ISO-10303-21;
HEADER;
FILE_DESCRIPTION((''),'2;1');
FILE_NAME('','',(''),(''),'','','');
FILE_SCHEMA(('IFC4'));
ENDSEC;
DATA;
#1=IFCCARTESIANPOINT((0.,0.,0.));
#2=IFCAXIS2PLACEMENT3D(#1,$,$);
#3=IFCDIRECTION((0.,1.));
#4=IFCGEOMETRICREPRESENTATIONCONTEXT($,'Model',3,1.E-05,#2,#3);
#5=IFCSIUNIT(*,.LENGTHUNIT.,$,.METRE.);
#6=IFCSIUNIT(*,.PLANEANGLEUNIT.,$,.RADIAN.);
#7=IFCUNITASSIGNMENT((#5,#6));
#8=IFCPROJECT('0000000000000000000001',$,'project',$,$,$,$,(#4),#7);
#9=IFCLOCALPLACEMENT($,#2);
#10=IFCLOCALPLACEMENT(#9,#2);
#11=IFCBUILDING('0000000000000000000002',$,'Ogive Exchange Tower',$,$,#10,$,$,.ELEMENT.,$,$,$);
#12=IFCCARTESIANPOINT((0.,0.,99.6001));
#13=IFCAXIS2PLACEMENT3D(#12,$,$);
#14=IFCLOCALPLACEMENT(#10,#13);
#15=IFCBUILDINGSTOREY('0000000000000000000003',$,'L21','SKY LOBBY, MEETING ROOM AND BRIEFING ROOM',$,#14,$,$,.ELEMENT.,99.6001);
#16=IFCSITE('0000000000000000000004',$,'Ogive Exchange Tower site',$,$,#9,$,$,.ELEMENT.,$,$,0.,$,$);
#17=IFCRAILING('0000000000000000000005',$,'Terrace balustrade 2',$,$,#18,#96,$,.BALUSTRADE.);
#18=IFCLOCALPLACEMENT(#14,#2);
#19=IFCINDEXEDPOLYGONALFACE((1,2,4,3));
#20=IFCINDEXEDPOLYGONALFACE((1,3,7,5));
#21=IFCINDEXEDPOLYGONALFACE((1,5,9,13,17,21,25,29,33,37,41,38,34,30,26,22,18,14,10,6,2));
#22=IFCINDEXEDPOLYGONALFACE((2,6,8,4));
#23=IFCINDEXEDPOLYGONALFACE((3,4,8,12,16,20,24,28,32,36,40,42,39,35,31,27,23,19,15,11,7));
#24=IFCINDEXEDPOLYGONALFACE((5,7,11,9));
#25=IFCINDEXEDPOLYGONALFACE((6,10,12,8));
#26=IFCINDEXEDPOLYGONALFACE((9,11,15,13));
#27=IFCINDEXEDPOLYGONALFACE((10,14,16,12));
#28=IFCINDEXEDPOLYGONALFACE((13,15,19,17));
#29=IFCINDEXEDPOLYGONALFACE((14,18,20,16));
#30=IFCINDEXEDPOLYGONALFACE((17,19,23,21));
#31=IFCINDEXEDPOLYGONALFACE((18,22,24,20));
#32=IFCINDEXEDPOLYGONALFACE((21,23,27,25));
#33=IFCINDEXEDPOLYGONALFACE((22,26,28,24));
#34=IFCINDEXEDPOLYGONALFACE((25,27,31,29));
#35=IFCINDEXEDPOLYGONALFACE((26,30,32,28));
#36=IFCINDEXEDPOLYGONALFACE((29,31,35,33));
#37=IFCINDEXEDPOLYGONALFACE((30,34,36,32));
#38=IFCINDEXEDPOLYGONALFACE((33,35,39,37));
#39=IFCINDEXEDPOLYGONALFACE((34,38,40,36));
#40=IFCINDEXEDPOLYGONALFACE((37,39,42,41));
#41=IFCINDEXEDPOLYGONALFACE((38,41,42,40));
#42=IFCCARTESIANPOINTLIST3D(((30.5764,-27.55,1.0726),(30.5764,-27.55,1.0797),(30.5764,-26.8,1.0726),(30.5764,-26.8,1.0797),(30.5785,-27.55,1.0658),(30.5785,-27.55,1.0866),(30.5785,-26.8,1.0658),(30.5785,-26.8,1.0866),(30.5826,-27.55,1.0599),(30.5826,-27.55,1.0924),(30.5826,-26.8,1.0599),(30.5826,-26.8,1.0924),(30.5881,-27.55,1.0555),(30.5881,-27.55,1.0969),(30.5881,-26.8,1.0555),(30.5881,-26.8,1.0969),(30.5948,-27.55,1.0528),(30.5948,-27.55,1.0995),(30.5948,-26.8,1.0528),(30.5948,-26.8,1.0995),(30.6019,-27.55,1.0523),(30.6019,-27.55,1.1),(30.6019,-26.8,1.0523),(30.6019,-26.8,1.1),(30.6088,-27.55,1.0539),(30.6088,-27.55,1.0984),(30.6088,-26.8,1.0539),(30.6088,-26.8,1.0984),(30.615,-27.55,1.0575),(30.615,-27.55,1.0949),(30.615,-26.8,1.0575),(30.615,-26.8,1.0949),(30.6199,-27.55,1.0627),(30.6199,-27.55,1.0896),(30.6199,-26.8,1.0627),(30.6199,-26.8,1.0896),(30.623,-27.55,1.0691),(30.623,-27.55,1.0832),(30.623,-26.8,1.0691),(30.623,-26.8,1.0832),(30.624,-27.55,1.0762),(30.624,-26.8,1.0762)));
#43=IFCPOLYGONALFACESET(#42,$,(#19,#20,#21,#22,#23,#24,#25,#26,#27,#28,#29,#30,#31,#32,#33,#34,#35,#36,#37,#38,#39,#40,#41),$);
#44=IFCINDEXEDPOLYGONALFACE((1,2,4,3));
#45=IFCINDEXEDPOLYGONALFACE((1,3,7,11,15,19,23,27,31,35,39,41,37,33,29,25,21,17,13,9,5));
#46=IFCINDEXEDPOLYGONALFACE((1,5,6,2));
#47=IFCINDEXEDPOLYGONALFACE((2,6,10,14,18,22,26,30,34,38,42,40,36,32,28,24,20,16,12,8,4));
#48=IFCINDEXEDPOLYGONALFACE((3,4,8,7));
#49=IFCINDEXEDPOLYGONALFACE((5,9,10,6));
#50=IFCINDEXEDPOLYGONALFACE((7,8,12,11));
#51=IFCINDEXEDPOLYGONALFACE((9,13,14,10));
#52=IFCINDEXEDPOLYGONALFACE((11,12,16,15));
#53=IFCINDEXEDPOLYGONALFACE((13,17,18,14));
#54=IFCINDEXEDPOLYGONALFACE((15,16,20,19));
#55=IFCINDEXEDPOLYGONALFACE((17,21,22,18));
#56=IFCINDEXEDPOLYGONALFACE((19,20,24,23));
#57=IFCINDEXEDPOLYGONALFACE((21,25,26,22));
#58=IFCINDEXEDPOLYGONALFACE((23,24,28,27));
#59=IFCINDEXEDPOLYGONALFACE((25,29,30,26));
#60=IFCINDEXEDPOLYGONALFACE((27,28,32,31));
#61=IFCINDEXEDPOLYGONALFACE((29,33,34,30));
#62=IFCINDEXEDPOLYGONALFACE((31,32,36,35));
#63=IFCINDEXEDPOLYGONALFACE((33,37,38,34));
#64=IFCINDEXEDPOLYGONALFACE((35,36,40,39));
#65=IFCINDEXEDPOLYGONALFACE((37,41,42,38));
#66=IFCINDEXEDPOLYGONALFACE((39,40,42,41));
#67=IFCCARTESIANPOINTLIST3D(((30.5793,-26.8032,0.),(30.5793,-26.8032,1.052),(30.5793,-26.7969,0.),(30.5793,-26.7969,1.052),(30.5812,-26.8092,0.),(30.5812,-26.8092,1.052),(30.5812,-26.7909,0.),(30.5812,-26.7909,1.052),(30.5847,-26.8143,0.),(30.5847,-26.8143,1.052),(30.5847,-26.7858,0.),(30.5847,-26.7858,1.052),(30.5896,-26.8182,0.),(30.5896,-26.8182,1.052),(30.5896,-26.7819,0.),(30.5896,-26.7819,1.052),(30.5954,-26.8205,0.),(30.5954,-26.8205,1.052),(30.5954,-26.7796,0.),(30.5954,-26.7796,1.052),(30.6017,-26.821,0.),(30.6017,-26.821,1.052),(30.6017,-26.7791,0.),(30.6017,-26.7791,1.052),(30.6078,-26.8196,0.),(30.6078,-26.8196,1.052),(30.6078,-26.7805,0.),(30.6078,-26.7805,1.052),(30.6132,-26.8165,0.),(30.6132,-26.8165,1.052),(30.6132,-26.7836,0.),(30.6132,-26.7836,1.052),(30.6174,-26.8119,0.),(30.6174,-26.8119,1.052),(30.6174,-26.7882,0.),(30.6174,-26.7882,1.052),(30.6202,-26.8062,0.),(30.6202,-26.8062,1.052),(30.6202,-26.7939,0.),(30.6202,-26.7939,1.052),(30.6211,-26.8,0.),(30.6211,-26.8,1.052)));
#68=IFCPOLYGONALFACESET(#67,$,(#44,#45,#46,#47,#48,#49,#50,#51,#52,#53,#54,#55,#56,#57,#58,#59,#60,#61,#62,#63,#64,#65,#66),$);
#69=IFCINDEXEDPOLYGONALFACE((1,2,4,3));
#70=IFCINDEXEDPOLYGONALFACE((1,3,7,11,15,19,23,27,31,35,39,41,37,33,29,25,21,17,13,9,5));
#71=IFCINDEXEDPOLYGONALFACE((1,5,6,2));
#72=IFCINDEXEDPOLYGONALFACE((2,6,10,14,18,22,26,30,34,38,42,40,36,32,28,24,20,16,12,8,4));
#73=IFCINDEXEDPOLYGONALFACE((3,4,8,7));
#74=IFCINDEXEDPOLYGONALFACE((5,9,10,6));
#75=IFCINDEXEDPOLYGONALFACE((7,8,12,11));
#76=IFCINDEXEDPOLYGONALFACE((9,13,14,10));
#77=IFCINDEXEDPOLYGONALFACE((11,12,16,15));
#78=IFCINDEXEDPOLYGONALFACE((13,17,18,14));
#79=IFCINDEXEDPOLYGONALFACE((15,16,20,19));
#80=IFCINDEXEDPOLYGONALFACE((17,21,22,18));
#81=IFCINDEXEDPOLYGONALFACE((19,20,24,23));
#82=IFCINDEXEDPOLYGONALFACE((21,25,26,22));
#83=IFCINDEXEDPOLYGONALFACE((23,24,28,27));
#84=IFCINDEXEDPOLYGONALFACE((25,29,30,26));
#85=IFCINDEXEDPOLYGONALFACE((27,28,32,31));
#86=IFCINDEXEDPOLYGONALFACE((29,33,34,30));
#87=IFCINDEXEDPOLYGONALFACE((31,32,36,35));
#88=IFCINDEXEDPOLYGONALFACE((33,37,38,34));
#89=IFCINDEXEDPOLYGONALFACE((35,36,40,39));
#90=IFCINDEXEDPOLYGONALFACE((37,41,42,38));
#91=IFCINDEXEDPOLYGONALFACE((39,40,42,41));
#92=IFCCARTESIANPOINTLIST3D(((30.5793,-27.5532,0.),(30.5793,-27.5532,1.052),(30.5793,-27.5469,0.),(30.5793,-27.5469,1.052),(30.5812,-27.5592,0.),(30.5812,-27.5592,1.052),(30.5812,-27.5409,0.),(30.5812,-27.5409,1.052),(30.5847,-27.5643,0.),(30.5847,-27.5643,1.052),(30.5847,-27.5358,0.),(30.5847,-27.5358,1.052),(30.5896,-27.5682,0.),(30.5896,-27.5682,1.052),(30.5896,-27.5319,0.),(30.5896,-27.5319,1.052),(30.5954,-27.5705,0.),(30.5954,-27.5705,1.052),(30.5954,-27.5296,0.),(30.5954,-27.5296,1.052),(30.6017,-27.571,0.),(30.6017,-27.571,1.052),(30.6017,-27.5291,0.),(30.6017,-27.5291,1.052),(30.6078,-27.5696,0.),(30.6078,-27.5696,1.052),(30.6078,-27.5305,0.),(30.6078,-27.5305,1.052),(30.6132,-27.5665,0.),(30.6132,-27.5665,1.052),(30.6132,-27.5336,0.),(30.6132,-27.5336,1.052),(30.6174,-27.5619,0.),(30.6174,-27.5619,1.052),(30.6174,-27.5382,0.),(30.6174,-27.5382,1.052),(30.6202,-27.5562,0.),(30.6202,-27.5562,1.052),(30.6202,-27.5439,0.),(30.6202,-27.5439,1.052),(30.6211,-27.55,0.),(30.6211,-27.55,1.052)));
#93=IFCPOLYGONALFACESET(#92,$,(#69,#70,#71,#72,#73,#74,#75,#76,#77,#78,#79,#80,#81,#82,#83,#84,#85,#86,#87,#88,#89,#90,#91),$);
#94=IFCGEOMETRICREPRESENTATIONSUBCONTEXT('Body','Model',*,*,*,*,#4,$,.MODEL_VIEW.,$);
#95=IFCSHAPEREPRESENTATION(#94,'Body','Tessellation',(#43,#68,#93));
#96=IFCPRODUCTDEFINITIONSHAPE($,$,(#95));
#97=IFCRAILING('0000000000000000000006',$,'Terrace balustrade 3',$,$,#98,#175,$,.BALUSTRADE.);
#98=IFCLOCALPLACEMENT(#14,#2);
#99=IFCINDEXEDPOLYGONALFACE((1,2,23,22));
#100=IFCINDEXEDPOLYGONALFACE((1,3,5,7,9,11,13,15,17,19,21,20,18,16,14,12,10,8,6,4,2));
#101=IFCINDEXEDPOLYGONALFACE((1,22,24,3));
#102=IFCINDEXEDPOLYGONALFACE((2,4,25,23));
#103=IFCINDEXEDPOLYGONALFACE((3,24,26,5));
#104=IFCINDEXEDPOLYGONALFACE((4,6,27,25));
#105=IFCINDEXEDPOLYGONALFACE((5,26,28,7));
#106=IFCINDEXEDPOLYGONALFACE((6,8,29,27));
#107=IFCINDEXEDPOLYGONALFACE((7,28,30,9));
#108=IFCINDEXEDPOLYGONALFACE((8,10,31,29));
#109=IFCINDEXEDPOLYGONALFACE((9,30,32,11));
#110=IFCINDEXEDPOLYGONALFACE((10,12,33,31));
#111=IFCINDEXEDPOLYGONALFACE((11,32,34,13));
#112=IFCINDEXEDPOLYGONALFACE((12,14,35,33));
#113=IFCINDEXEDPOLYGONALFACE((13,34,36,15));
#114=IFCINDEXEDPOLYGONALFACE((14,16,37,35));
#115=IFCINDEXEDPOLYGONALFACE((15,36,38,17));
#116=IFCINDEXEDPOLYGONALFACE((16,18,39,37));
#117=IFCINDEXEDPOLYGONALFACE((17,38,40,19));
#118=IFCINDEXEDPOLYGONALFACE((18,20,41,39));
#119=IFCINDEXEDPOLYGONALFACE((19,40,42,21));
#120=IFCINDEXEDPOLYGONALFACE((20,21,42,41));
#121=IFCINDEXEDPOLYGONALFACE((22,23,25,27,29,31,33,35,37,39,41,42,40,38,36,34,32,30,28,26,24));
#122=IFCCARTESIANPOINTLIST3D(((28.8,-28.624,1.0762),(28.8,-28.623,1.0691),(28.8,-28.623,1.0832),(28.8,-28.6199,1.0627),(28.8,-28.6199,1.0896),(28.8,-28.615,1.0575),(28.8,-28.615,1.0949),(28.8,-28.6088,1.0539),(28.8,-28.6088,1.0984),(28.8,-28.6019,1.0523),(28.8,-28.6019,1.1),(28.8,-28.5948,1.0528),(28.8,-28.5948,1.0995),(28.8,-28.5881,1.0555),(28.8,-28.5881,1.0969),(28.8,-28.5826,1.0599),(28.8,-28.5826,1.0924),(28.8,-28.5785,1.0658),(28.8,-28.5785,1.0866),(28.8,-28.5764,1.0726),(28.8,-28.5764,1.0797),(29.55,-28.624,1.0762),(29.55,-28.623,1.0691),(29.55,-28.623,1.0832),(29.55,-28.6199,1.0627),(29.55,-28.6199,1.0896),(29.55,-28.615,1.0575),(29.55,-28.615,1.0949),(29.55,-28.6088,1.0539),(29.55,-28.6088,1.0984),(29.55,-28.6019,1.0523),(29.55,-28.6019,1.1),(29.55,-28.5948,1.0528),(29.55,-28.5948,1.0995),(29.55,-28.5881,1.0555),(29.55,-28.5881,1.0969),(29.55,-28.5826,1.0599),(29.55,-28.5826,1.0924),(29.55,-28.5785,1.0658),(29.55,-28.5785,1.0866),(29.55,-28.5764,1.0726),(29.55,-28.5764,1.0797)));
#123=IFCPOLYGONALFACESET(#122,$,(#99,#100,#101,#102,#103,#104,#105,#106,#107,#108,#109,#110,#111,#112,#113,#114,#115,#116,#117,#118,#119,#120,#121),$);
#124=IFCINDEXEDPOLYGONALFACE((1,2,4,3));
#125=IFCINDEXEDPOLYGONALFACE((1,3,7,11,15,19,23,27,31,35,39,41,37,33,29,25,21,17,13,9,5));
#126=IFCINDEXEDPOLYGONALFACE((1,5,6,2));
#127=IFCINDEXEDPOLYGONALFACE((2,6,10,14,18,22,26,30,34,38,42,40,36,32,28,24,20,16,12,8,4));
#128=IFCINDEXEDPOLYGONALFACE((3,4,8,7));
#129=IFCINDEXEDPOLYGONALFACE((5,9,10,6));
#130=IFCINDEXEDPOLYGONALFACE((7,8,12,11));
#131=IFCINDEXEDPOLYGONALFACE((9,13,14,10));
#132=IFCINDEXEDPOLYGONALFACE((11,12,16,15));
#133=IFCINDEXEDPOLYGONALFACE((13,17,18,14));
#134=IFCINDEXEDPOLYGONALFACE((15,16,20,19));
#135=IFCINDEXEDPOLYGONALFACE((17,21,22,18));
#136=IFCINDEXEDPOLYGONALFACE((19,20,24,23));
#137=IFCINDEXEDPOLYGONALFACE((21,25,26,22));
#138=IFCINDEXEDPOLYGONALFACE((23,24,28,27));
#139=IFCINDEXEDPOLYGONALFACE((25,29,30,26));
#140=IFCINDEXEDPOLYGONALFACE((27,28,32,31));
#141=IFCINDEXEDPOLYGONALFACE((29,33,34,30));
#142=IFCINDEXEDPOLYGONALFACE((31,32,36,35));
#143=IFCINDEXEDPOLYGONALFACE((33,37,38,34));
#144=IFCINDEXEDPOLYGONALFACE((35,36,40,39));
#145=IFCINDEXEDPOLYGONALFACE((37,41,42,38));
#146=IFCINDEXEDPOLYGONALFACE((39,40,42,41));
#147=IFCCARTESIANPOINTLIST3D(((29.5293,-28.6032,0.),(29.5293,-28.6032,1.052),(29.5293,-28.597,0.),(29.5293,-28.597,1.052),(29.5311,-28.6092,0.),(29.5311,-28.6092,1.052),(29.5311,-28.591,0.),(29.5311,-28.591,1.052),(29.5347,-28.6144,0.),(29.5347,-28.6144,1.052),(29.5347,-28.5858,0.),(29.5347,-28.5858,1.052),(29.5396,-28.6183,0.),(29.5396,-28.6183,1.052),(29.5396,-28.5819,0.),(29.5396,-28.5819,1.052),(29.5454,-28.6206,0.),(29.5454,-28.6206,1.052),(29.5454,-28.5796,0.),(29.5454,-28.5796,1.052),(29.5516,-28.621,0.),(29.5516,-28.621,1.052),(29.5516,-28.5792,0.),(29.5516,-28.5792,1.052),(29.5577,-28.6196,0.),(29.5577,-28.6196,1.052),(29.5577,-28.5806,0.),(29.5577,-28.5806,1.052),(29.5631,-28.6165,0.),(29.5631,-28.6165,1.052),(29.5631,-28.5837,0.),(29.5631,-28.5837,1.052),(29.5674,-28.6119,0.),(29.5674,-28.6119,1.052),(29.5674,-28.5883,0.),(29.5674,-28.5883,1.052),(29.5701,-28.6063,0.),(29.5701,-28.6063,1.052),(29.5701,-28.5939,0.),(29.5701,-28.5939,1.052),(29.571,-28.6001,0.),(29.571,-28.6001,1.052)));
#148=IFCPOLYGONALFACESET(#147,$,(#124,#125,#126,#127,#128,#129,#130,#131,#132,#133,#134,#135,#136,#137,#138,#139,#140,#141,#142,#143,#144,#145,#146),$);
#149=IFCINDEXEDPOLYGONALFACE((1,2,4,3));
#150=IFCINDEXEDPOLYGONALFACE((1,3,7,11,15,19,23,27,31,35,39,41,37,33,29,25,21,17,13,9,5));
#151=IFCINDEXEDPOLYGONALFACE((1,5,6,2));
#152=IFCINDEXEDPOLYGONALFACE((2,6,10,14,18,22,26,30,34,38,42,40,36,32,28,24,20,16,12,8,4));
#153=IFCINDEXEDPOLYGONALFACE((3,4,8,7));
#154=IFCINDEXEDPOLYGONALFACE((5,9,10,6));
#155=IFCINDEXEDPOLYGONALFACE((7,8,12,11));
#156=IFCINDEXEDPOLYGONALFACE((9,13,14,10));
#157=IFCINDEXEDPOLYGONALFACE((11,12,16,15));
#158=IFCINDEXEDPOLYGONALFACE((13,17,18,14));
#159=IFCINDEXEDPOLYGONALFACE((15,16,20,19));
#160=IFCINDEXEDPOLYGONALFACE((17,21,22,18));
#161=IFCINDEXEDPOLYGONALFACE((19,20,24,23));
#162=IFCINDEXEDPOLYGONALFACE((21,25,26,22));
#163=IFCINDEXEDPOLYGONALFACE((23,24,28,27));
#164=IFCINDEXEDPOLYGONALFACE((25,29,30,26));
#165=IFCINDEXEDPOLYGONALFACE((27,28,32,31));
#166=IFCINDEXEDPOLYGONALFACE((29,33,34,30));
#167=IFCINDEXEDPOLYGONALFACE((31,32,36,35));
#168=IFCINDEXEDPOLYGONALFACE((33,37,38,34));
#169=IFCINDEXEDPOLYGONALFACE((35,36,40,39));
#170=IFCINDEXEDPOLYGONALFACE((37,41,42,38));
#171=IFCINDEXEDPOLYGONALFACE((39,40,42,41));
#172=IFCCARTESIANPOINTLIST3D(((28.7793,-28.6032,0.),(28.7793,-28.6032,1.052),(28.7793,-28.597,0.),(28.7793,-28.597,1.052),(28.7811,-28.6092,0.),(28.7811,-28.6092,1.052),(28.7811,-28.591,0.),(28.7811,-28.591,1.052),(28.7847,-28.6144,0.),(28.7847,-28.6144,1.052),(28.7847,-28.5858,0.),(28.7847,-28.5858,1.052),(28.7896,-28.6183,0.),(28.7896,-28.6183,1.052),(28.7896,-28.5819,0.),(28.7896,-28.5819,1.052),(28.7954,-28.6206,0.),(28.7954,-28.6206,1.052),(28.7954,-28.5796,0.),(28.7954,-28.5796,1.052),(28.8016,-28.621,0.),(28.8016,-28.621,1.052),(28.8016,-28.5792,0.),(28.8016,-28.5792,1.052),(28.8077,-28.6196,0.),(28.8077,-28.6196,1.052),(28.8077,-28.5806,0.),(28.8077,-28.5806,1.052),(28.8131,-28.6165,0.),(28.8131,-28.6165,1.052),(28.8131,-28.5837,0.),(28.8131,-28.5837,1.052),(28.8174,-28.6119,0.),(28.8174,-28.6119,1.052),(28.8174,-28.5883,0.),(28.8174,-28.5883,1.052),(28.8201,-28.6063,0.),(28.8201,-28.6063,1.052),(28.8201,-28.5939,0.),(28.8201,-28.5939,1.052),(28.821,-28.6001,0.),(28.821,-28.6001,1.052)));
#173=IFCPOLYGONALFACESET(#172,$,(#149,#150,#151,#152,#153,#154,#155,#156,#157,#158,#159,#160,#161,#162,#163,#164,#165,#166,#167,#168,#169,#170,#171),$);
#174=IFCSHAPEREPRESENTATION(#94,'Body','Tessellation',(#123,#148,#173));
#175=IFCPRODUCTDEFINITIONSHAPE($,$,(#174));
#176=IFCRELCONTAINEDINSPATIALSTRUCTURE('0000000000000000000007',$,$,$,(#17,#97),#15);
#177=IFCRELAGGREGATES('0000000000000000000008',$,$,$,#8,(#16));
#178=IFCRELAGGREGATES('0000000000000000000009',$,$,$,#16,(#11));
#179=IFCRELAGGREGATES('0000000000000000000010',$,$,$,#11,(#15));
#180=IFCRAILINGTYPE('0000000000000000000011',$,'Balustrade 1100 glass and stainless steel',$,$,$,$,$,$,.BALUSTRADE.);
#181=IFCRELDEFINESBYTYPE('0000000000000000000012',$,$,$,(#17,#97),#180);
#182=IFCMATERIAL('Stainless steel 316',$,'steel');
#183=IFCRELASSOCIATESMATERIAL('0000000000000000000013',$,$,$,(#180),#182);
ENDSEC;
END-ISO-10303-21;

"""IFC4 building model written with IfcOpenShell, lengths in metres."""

from ifc_helpers import new_model, si_unit, direction, frame, origin, origin_2d, place, context, subcontext, project, spatial, circle, extrude, material, type_object, element, save


model = new_model("IFC4")

# Units and contexts
model_context = context("Model", 3, precision=1e-05, world=origin(), true_north=direction((0.0, 1.0)))
body_context = subcontext(model_context, "Body", "Model", "MODEL_VIEW")
ifc_project = project(units=[si_unit("LENGTHUNIT", "METRE"), si_unit("PLANEANGLEUNIT", "RADIAN")], contexts=[model_context])

# Site, building, storey
site_placement = place(None, origin())
site = spatial("IfcSite", under=ifc_project, at=site_placement, Name="Ogive Exchange Tower site", CompositionType="ELEMENT", RefElevation=0.0)
building_placement = place(site_placement, origin())
building = spatial("IfcBuilding", under=site, at=building_placement, Name="Ogive Exchange Tower", CompositionType="ELEMENT")
storey_placement = place(building_placement, frame((0.0, 0.0, 99.6001)))
storey = spatial("IfcBuildingStorey", under=building, at=storey_placement, Name="L21", Description="SKY LOBBY, MEETING ROOM AND BRIEFING ROOM", CompositionType="ELEMENT", Elevation=99.6001)

# Railings
ifc_material_1 = material(Name="Stainless steel 316", Category="steel")
railing_type = type_object("IfcRailingType", Name="Balustrade 1100 glass and stainless steel", PredefinedType="BALUSTRADE", material=ifc_material_1)
railing_1_placement = place(storey_placement, frame((30.6001, -26.8, 0.0)))
element("IfcRailing", 1, at=railing_1_placement, inside=storey, type_object=railing_type, Name="Terrace balustrade 2", PredefinedType="BALUSTRADE", context=body_context, shape_type="SweptSolid", body=[
    extrude(circle(Radius=0.0239, at=origin_2d()), frame((0.0, 0.0, 1.0762), z_axis=(0.0, -1.0, 0.0), x_axis=(1.0, 0.0, 0.0)), (0.0, 0.0, 1.0), 0.75),
    extrude(circle(Radius=0.021, at=origin_2d()), origin(), (0.0, 0.0, 1.0), 1.052),
    extrude(circle(Radius=0.021, at=origin_2d()), frame((0.0, -0.75, 0.0)), (0.0, 0.0, 1.0), 1.052),
])
railing_2_placement = place(storey_placement, frame((29.55, -28.6001, 0.0)))
element("IfcRailing", 2, at=railing_2_placement, inside=storey, type_object=railing_type, Name="Terrace balustrade 3", PredefinedType="BALUSTRADE", context=body_context, shape_type="SweptSolid", body=[
    extrude(circle(Radius=0.0239, at=origin_2d()), frame((0.0, 0.0, 1.0762), z_axis=(-1.0, 0.0, 0.0), x_axis=(0.0, -1.0, 0.0)), (0.0, 0.0, 1.0), 0.75),
    extrude(circle(Radius=0.021, at=origin_2d()), origin(), (0.0, 0.0, 1.0), 1.052),
    extrude(circle(Radius=0.021, at=origin_2d()), frame((-0.75, 0.0, 0.0)), (0.0, 0.0, 1.0), 1.052),
])

save(model, "model.ifc")
